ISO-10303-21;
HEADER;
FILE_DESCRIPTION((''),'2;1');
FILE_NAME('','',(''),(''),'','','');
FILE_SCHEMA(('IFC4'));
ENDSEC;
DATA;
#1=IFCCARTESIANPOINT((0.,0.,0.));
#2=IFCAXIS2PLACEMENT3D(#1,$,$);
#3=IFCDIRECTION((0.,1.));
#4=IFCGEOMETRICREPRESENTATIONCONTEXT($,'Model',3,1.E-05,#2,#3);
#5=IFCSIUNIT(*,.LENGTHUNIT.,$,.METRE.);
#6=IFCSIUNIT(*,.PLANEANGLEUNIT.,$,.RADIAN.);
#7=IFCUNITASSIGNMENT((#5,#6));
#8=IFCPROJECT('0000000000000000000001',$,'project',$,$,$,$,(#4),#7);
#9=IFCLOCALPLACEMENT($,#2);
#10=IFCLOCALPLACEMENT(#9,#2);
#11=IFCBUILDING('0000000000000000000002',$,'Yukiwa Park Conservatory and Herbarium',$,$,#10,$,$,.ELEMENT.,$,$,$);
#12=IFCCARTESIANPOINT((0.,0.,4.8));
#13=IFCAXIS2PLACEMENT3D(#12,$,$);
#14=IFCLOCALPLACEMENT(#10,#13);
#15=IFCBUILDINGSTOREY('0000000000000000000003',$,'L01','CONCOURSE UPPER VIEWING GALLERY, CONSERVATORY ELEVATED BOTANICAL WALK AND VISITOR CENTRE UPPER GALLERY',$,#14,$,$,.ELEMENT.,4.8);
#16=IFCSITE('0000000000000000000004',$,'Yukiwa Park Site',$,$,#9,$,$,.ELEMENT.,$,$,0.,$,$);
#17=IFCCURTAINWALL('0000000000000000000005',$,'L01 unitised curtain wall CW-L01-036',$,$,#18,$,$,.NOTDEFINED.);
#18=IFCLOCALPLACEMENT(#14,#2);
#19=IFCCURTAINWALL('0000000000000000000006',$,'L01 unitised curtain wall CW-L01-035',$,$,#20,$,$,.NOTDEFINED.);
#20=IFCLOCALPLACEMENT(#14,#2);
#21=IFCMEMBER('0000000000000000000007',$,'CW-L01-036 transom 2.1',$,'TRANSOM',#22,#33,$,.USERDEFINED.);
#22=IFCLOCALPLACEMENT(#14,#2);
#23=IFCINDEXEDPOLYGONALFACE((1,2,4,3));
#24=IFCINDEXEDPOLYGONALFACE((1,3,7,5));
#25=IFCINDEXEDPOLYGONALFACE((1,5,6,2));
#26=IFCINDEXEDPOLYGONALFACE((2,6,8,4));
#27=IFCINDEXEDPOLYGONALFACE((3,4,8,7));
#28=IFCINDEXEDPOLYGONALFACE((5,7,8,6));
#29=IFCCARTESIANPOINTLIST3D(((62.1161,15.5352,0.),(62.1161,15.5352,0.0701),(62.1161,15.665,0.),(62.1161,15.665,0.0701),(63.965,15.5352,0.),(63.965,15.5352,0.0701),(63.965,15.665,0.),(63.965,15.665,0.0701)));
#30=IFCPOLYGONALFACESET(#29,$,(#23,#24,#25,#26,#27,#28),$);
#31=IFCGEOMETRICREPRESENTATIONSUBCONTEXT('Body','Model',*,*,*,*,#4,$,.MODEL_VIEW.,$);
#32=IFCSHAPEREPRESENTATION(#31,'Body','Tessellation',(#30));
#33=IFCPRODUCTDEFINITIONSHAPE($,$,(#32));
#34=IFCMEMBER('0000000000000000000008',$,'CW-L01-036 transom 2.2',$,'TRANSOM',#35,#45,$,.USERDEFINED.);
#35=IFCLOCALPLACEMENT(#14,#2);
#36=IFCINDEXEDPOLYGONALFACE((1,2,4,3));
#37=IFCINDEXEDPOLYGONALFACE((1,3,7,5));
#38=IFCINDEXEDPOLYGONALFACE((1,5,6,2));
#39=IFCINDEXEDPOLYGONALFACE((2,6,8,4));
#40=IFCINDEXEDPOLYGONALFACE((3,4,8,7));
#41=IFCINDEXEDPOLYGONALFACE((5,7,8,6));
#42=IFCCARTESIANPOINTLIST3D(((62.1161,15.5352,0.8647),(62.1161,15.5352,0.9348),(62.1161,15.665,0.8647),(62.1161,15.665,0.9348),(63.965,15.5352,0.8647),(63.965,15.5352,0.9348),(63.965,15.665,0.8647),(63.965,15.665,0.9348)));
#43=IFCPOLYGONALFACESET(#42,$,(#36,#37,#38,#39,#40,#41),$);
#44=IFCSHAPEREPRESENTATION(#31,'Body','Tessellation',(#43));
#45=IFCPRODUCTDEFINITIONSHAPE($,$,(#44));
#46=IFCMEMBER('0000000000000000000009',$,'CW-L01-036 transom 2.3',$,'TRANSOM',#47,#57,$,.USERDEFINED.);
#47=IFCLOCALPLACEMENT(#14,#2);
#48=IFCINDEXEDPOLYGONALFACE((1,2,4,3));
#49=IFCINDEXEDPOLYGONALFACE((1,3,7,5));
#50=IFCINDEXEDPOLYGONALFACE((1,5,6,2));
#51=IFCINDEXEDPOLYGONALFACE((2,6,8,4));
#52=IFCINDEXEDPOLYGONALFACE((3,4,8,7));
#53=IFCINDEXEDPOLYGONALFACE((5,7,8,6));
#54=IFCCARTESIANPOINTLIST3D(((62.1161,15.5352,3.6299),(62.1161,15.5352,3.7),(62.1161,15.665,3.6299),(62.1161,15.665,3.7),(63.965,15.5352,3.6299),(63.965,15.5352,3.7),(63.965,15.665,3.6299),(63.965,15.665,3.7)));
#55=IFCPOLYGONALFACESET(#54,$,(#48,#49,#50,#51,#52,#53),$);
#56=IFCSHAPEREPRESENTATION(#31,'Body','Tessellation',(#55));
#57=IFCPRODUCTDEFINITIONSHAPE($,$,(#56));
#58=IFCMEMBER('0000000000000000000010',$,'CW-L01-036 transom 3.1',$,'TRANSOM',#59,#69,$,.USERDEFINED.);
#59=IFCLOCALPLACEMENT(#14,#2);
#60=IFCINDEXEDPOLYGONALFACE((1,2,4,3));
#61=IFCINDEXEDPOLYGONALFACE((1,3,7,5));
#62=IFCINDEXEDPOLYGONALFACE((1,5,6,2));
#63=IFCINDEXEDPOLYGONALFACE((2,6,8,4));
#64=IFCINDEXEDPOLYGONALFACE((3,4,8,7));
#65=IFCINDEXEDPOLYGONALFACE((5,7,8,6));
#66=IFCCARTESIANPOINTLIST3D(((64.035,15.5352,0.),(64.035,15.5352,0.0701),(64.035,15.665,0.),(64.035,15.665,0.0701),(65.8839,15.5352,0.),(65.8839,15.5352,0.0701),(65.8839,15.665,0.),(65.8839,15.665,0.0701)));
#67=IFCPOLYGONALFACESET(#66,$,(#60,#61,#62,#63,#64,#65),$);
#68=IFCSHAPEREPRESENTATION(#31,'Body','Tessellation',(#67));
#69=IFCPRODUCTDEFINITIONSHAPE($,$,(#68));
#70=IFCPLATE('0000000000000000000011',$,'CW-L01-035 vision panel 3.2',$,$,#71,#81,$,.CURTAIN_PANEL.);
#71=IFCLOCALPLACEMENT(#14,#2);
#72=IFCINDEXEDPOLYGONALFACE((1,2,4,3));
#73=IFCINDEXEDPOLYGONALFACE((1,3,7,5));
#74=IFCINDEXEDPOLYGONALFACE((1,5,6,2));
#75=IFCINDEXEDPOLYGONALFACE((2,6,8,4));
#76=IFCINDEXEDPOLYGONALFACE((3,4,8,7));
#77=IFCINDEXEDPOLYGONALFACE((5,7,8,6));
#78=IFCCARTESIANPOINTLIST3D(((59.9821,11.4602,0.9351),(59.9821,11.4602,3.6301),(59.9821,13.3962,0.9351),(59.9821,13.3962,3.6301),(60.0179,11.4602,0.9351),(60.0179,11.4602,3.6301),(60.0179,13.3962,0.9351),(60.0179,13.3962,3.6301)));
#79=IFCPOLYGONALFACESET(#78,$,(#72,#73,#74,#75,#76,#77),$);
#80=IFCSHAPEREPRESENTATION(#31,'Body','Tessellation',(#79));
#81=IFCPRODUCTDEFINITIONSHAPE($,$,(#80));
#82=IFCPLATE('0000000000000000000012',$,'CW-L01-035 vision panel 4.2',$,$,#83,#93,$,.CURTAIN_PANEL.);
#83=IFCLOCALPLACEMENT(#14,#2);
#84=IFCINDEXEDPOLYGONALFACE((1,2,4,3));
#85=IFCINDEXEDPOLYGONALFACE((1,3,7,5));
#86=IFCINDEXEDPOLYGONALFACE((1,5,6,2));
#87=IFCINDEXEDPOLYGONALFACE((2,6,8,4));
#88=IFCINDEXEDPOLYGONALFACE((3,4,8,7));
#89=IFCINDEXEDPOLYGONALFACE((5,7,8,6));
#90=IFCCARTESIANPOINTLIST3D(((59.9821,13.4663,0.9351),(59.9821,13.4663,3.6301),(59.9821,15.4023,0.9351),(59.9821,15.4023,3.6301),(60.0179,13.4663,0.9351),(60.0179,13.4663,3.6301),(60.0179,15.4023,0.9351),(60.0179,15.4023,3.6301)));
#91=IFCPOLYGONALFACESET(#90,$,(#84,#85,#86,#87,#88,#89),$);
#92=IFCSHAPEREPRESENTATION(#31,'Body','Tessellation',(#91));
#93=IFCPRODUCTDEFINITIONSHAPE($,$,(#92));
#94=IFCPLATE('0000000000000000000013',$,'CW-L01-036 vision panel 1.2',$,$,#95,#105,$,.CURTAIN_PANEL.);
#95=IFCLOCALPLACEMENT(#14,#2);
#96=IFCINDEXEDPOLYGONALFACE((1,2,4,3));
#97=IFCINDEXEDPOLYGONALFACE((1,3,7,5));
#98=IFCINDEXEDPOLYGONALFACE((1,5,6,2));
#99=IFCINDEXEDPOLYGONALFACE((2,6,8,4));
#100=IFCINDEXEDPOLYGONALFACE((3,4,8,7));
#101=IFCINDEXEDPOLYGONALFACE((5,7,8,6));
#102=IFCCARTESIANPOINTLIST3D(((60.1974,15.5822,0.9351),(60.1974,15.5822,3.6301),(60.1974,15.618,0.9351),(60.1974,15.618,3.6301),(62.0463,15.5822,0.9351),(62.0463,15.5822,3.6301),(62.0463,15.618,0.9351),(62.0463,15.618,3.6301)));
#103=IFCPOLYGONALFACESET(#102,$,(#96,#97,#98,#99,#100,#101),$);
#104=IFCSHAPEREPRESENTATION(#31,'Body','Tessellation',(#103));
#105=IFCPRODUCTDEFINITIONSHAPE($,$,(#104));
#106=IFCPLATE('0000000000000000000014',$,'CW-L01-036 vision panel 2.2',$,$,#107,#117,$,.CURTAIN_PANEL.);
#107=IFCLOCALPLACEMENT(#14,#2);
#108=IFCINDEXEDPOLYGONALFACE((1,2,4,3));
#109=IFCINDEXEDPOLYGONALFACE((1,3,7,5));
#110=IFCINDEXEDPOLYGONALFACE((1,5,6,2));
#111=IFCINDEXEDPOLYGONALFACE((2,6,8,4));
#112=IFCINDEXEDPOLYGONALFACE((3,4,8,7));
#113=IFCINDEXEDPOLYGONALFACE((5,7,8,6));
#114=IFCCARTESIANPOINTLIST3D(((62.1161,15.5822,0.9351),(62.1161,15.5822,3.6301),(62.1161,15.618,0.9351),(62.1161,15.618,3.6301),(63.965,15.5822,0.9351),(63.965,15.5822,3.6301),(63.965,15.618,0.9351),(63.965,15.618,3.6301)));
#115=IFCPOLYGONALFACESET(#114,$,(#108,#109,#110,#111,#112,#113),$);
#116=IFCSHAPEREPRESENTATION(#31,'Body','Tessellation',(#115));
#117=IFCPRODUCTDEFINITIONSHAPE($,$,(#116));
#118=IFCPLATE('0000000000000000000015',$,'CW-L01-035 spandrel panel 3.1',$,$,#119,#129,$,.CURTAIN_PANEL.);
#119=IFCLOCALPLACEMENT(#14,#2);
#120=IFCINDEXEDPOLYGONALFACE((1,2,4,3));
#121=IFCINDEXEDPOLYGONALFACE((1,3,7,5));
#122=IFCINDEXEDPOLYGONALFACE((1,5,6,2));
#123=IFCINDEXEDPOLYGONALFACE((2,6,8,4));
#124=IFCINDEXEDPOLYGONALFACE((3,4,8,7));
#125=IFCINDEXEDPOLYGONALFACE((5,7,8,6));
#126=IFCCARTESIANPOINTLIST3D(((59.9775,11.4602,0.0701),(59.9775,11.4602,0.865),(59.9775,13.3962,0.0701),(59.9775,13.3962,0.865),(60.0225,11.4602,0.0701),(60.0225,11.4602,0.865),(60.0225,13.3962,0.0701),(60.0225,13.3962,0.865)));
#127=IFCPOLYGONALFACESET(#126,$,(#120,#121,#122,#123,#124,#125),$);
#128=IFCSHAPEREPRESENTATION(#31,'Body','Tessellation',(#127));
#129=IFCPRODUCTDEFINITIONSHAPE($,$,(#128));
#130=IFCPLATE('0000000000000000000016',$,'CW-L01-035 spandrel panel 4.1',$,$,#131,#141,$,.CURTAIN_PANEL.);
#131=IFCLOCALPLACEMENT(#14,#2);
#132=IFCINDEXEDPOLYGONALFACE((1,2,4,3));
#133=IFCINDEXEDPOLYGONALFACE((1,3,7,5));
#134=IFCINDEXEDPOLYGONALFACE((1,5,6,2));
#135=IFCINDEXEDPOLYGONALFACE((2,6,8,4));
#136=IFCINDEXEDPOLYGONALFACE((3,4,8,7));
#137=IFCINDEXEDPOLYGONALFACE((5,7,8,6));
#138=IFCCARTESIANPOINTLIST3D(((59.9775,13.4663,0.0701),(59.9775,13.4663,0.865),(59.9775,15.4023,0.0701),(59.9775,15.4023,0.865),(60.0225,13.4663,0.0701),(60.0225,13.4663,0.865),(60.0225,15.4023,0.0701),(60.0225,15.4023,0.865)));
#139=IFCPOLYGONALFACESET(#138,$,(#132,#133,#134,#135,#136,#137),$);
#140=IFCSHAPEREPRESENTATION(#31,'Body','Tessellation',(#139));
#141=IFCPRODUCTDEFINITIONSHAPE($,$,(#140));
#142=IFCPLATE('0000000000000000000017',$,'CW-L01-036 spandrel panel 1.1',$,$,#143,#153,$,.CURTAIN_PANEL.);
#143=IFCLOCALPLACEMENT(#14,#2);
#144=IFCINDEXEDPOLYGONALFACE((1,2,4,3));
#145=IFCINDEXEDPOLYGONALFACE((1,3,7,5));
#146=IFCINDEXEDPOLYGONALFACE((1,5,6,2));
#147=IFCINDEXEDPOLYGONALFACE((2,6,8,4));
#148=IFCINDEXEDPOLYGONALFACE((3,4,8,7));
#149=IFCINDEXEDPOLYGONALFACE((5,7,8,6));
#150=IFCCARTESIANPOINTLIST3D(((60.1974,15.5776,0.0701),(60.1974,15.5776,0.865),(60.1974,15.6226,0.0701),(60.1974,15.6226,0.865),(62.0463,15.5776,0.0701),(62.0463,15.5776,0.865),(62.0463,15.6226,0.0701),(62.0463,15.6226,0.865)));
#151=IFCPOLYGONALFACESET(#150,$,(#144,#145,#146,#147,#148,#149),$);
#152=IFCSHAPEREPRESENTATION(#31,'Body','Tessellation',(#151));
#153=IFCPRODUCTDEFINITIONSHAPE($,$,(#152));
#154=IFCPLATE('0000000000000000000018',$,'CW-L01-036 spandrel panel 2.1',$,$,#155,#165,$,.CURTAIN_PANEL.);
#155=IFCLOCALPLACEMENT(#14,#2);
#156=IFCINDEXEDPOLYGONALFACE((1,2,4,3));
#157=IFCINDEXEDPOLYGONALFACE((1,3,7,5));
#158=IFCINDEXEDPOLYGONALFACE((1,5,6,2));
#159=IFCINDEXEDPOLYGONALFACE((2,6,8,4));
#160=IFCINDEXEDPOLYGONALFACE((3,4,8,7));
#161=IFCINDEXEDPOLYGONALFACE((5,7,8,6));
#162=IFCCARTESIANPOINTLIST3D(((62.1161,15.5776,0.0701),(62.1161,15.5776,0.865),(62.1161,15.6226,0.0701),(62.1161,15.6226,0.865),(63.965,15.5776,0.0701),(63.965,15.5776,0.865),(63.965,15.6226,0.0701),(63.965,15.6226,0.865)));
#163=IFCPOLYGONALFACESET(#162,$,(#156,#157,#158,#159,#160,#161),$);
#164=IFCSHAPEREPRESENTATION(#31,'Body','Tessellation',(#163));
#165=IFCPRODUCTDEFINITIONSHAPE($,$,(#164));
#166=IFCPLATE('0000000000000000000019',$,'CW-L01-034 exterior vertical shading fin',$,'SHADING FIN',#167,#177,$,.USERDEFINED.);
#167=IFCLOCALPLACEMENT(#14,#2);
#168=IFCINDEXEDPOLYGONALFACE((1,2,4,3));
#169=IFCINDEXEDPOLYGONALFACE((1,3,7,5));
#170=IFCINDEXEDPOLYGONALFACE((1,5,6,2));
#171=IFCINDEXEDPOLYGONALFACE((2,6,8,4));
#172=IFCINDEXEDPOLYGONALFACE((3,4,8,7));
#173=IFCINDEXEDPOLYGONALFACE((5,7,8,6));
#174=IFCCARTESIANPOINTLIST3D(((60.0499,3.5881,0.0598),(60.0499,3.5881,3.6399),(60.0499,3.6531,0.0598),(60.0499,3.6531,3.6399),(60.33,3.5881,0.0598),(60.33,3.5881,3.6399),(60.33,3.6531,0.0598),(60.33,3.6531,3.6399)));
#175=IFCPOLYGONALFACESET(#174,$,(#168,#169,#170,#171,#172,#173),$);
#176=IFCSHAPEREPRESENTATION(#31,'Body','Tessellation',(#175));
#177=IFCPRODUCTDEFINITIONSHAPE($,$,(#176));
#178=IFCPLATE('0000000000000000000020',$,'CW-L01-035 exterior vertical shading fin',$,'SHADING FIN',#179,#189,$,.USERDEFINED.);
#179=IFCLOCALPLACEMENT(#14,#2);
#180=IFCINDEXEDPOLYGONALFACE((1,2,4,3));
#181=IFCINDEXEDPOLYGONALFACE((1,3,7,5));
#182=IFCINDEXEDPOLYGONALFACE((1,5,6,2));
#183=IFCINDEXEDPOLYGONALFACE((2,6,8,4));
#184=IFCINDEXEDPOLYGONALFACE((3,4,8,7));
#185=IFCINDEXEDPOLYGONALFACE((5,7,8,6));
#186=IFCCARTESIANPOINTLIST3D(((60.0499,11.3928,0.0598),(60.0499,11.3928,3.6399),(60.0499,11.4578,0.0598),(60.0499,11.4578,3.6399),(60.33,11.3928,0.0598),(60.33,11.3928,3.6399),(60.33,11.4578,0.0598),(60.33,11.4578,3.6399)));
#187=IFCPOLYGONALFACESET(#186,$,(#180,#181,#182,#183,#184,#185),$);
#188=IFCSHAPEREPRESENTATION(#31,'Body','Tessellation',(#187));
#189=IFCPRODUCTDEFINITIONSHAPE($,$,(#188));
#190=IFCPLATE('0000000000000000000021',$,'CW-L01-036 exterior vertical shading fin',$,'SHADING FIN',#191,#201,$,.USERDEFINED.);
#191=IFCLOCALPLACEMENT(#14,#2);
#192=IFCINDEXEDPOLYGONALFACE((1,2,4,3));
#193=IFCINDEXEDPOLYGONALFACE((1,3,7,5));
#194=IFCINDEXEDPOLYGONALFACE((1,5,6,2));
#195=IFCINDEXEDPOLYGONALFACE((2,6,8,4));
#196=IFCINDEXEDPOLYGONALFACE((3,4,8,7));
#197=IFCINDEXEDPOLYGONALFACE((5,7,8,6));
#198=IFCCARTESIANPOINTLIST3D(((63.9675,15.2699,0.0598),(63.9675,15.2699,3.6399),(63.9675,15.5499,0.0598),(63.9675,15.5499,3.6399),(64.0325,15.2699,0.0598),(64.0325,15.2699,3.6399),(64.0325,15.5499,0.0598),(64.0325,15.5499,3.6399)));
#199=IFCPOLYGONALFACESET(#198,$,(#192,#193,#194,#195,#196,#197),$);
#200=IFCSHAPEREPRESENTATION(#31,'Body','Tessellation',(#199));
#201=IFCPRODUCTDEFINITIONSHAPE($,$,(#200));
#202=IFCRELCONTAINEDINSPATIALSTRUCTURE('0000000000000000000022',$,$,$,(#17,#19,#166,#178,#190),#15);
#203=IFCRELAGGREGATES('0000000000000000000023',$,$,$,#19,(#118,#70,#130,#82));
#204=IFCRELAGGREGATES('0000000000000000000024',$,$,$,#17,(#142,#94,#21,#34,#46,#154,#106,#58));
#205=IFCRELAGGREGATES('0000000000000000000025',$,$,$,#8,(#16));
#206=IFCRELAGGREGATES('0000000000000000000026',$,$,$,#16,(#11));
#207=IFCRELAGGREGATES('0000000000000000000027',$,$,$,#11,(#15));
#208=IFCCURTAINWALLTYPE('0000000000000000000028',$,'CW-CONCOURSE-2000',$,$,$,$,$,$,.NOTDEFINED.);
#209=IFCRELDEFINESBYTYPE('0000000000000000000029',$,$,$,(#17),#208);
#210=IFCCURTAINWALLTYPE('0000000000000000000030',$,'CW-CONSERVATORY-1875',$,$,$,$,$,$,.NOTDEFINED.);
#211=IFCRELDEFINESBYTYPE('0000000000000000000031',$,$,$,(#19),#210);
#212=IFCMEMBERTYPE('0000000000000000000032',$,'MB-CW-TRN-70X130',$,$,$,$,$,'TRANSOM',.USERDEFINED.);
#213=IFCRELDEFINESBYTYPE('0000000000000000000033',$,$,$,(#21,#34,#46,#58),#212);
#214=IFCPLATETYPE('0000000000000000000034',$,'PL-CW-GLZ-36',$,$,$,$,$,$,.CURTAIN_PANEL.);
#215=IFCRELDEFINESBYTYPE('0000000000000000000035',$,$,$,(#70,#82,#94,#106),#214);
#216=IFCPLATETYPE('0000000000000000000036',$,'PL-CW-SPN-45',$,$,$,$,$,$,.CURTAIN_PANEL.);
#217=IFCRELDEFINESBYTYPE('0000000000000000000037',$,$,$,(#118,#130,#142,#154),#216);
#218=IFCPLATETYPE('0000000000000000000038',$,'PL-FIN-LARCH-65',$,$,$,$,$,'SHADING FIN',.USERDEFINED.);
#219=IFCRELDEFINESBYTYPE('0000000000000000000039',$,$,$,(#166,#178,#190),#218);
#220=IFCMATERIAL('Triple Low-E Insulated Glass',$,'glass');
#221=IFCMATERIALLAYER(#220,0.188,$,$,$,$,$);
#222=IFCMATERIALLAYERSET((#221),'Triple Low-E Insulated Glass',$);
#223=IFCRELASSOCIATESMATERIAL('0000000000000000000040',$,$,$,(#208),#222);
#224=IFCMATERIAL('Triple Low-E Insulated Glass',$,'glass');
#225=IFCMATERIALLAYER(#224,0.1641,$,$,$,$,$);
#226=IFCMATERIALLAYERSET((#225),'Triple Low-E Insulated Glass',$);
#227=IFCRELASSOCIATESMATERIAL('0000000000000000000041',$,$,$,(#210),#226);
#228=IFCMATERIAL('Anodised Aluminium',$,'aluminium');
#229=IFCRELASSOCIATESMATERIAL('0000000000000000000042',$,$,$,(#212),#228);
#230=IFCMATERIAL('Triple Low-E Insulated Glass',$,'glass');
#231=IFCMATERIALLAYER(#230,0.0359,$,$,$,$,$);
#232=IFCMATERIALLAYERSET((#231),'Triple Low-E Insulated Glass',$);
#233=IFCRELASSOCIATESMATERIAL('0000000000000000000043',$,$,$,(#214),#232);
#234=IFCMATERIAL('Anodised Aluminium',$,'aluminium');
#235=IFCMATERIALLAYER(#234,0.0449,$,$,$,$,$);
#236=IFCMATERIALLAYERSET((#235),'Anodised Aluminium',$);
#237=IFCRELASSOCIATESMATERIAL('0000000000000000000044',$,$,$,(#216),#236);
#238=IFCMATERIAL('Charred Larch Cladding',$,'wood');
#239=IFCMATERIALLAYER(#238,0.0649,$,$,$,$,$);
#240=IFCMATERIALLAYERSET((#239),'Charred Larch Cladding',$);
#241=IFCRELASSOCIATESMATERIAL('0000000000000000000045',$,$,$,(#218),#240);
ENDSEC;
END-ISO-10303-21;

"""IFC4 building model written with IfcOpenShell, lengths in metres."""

from ifc_helpers import new_model, si_unit, direction, frame, origin, origin_2d, place, context, subcontext, project, spatial, rectangle, extrude, material, layer, layer_set, type_object, element, aggregate, save


model = new_model("IFC4")

# Units and contexts
model_context = context("Model", 3, precision=1e-05, world=origin(), true_north=direction((0.0, 1.0)))
body_context = subcontext(model_context, "Body", "Model", "MODEL_VIEW")
ifc_project = project(units=[si_unit("LENGTHUNIT", "METRE"), si_unit("PLANEANGLEUNIT", "RADIAN")], contexts=[model_context])

# Site, building, storey
site_placement = place(None, origin())
site = spatial("IfcSite", under=ifc_project, at=site_placement, Name="Yukiwa Park Site", CompositionType="ELEMENT", RefElevation=0.0)
building_placement = place(site_placement, origin())
building = spatial("IfcBuilding", under=site, at=building_placement, Name="Yukiwa Park Conservatory and Herbarium", CompositionType="ELEMENT")
storey_placement = place(building_placement, frame((0.0, 0.0, 4.8)))
storey = spatial("IfcBuildingStorey", under=building, at=storey_placement, Name="L01", Description="CONCOURSE UPPER VIEWING GALLERY, CONSERVATORY ELEVATED BOTANICAL WALK AND VISITOR CENTRE UPPER GALLERY", CompositionType="ELEMENT", Elevation=4.8)

# Curtain walls
ifc_material_1 = material(Name="Triple Low-E Insulated Glass", Category="glass")
ifc_layer_1 = layer(ifc_material_1, 0.188)
ifc_layer_set_1 = layer_set([ifc_layer_1], Name="Triple Low-E Insulated Glass")
curtain_wall_type_1 = type_object("IfcCurtainWallType", Name="CW-CONCOURSE-2000", PredefinedType="NOTDEFINED", material=ifc_layer_set_1)
curtain_wall_1_placement = place(storey_placement, origin())
curtain_wall_1 = element("IfcCurtainWall", 1, at=curtain_wall_1_placement, inside=storey, type_object=curtain_wall_type_1, Name="L01 unitised curtain wall CW-L01-036", PredefinedType="NOTDEFINED")
ifc_material_2 = material(Name="Triple Low-E Insulated Glass", Category="glass")
ifc_layer_2 = layer(ifc_material_2, 0.1641)
ifc_layer_set_2 = layer_set([ifc_layer_2], Name="Triple Low-E Insulated Glass")
curtain_wall_type_2 = type_object("IfcCurtainWallType", Name="CW-CONSERVATORY-1875", PredefinedType="NOTDEFINED", material=ifc_layer_set_2)
curtain_wall_2_placement = place(storey_placement, origin())
curtain_wall_2 = element("IfcCurtainWall", 2, at=curtain_wall_2_placement, inside=storey, type_object=curtain_wall_type_2, Name="L01 unitised curtain wall CW-L01-035", PredefinedType="NOTDEFINED")
ifc_material_3 = material(Name="Anodised Aluminium", Category="aluminium")
member_type_1 = type_object("IfcMemberType", Name="MB-CW-TRN-70X130", ElementType="TRANSOM", PredefinedType="USERDEFINED", material=ifc_material_3)

# Members
member_1_placement = place(storey_placement, frame((63.0405, 15.6001, 0.0), z_axis=(0.0, 0.0, 1.0), x_axis=(1.0, 0.0, 0.0)))
member_1 = element("IfcMember", 3, at=member_1_placement, type_object=member_type_1, Name="CW-L01-036 transom 2.1", ObjectType="TRANSOM", PredefinedType="USERDEFINED", context=body_context, shape_type="SweptSolid", body=[
    extrude(rectangle(XDim=1.8489, YDim=0.1299, at=origin_2d()), origin(), (0.0, 0.0, 1.0), 0.0701),
])
member_2_placement = place(storey_placement, frame((63.0405, 15.6001, 0.8647), z_axis=(0.0, 0.0, 1.0), x_axis=(1.0, 0.0, 0.0)))
member_2 = element("IfcMember", 4, at=member_2_placement, type_object=member_type_1, Name="CW-L01-036 transom 2.2", ObjectType="TRANSOM", PredefinedType="USERDEFINED", context=body_context, shape_type="SweptSolid", body=[
    extrude(rectangle(XDim=1.8489, YDim=0.1299, at=origin_2d()), origin(), (0.0, 0.0, 1.0), 0.0701),
])
member_3_placement = place(storey_placement, frame((63.0405, 15.6001, 3.6299), z_axis=(0.0, 0.0, 1.0), x_axis=(1.0, 0.0, 0.0)))
member_3 = element("IfcMember", 5, at=member_3_placement, type_object=member_type_1, Name="CW-L01-036 transom 2.3", ObjectType="TRANSOM", PredefinedType="USERDEFINED", context=body_context, shape_type="SweptSolid", body=[
    extrude(rectangle(XDim=1.8489, YDim=0.1299, at=origin_2d()), origin(), (0.0, 0.0, 1.0), 0.0701),
])
member_4_placement = place(storey_placement, frame((64.9595, 15.6001, 0.0), z_axis=(0.0, 0.0, 1.0), x_axis=(1.0, 0.0, 0.0)))
member_4 = element("IfcMember", 6, at=member_4_placement, type_object=member_type_1, Name="CW-L01-036 transom 3.1", ObjectType="TRANSOM", PredefinedType="USERDEFINED", context=body_context, shape_type="SweptSolid", body=[
    extrude(rectangle(XDim=1.8489, YDim=0.1299, at=origin_2d()), origin(), (0.0, 0.0, 1.0), 0.0701),
])

# Plates
ifc_material_4 = material(Name="Triple Low-E Insulated Glass", Category="glass")
ifc_layer_3 = layer(ifc_material_4, 0.0359)
ifc_layer_set_3 = layer_set([ifc_layer_3], Name="Triple Low-E Insulated Glass")
plate_type_1 = type_object("IfcPlateType", Name="PL-CW-GLZ-36", PredefinedType="CURTAIN_PANEL", material=ifc_layer_set_3)
plate_1_placement = place(storey_placement, frame((60.0, 12.4282, 0.9351), z_axis=(0.0, 0.0, 1.0), x_axis=(0.0, 1.0, 0.0)))
plate_1 = element("IfcPlate", 7, at=plate_1_placement, type_object=plate_type_1, Name="CW-L01-035 vision panel 3.2", PredefinedType="CURTAIN_PANEL", context=body_context, shape_type="SweptSolid", body=[
    extrude(rectangle(XDim=1.936, YDim=0.0359, at=origin_2d()), origin(), (0.0, 0.0, 1.0), 2.6951),
])
plate_2_placement = place(storey_placement, frame((60.0, 14.4343, 0.9351), z_axis=(0.0, 0.0, 1.0), x_axis=(0.0, 1.0, 0.0)))
plate_2 = element("IfcPlate", 8, at=plate_2_placement, type_object=plate_type_1, Name="CW-L01-035 vision panel 4.2", PredefinedType="CURTAIN_PANEL", context=body_context, shape_type="SweptSolid", body=[
    extrude(rectangle(XDim=1.936, YDim=0.0359, at=origin_2d()), origin(), (0.0, 0.0, 1.0), 2.6951),
])
plate_3_placement = place(storey_placement, frame((61.1218, 15.6001, 0.9351), z_axis=(0.0, 0.0, 1.0), x_axis=(1.0, 0.0, 0.0)))
plate_3 = element("IfcPlate", 9, at=plate_3_placement, type_object=plate_type_1, Name="CW-L01-036 vision panel 1.2", PredefinedType="CURTAIN_PANEL", context=body_context, shape_type="SweptSolid", body=[
    extrude(rectangle(XDim=1.8489, YDim=0.0359, at=origin_2d()), origin(), (0.0, 0.0, 1.0), 2.6951),
])
plate_4_placement = place(storey_placement, frame((63.0405, 15.6001, 0.9351), z_axis=(0.0, 0.0, 1.0), x_axis=(1.0, 0.0, 0.0)))
plate_4 = element("IfcPlate", 10, at=plate_4_placement, type_object=plate_type_1, Name="CW-L01-036 vision panel 2.2", PredefinedType="CURTAIN_PANEL", context=body_context, shape_type="SweptSolid", body=[
    extrude(rectangle(XDim=1.8489, YDim=0.0359, at=origin_2d()), origin(), (0.0, 0.0, 1.0), 2.6951),
])
ifc_material_5 = material(Name="Anodised Aluminium", Category="aluminium")
ifc_layer_4 = layer(ifc_material_5, 0.0449)
ifc_layer_set_4 = layer_set([ifc_layer_4], Name="Anodised Aluminium")
plate_type_2 = type_object("IfcPlateType", Name="PL-CW-SPN-45", PredefinedType="CURTAIN_PANEL", material=ifc_layer_set_4)
plate_5_placement = place(storey_placement, frame((60.0, 12.4282, 0.0701), z_axis=(0.0, 0.0, 1.0), x_axis=(0.0, 1.0, 0.0)))
plate_5 = element("IfcPlate", 11, at=plate_5_placement, type_object=plate_type_2, Name="CW-L01-035 spandrel panel 3.1", PredefinedType="CURTAIN_PANEL", context=body_context, shape_type="SweptSolid", body=[
    extrude(rectangle(XDim=1.936, YDim=0.0449, at=origin_2d()), origin(), (0.0, 0.0, 1.0), 0.7949),
])
plate_6_placement = place(storey_placement, frame((60.0, 14.4343, 0.0701), z_axis=(0.0, 0.0, 1.0), x_axis=(0.0, 1.0, 0.0)))
plate_6 = element("IfcPlate", 12, at=plate_6_placement, type_object=plate_type_2, Name="CW-L01-035 spandrel panel 4.1", PredefinedType="CURTAIN_PANEL", context=body_context, shape_type="SweptSolid", body=[
    extrude(rectangle(XDim=1.936, YDim=0.0449, at=origin_2d()), origin(), (0.0, 0.0, 1.0), 0.7949),
])
aggregate(curtain_wall_2, [plate_5, plate_1, plate_6, plate_2])
plate_7_placement = place(storey_placement, frame((61.1218, 15.6001, 0.0701), z_axis=(0.0, 0.0, 1.0), x_axis=(1.0, 0.0, 0.0)))
plate_7 = element("IfcPlate", 13, at=plate_7_placement, type_object=plate_type_2, Name="CW-L01-036 spandrel panel 1.1", PredefinedType="CURTAIN_PANEL", context=body_context, shape_type="SweptSolid", body=[
    extrude(rectangle(XDim=1.8489, YDim=0.0449, at=origin_2d()), origin(), (0.0, 0.0, 1.0), 0.7949),
])
plate_8_placement = place(storey_placement, frame((63.0405, 15.6001, 0.0701), z_axis=(0.0, 0.0, 1.0), x_axis=(1.0, 0.0, 0.0)))
plate_8 = element("IfcPlate", 14, at=plate_8_placement, type_object=plate_type_2, Name="CW-L01-036 spandrel panel 2.1", PredefinedType="CURTAIN_PANEL", context=body_context, shape_type="SweptSolid", body=[
    extrude(rectangle(XDim=1.8489, YDim=0.0449, at=origin_2d()), origin(), (0.0, 0.0, 1.0), 0.7949),
])
aggregate(curtain_wall_1, [plate_7, plate_3, member_1, member_2, member_3, plate_8, plate_4, member_4])

# Plates
ifc_material_6 = material(Name="Charred Larch Cladding", Category="wood")
ifc_layer_5 = layer(ifc_material_6, 0.0649)
ifc_layer_set_5 = layer_set([ifc_layer_5], Name="Charred Larch Cladding")
plate_type_3 = type_object("IfcPlateType", Name="PL-FIN-LARCH-65", ElementType="SHADING FIN", PredefinedType="USERDEFINED", material=ifc_layer_set_5)
for number, where, z_axis, x_axis, name in (
    (15, (60.1899, 3.6206, 0.0598), (0.0, 0.0, 1.0), (0.0, 1.0, 0.0), "CW-L01-034 exterior vertical shading fin"),
    (16, (60.1899, 11.4253, 0.0598), (0.0, 0.0, 1.0), (0.0, 1.0, 0.0), "CW-L01-035 exterior vertical shading fin"),
    (17, (64.0, 15.4099, 0.0598), (0.0, 0.0, 1.0), (1.0, 0.0, 0.0), "CW-L01-036 exterior vertical shading fin"),
):
    element("IfcPlate", number, at=place(storey_placement, frame(where, z_axis=z_axis, x_axis=x_axis)), inside=storey, type_object=plate_type_3, Name=name, ObjectType="SHADING FIN", PredefinedType="USERDEFINED", context=body_context, shape_type="SweptSolid", body=[
        extrude(rectangle(XDim=0.0649, YDim=0.28, at=origin_2d()), origin(), (0.0, 0.0, 1.0), 3.5801),
    ])

save(model, "model.ifc")
